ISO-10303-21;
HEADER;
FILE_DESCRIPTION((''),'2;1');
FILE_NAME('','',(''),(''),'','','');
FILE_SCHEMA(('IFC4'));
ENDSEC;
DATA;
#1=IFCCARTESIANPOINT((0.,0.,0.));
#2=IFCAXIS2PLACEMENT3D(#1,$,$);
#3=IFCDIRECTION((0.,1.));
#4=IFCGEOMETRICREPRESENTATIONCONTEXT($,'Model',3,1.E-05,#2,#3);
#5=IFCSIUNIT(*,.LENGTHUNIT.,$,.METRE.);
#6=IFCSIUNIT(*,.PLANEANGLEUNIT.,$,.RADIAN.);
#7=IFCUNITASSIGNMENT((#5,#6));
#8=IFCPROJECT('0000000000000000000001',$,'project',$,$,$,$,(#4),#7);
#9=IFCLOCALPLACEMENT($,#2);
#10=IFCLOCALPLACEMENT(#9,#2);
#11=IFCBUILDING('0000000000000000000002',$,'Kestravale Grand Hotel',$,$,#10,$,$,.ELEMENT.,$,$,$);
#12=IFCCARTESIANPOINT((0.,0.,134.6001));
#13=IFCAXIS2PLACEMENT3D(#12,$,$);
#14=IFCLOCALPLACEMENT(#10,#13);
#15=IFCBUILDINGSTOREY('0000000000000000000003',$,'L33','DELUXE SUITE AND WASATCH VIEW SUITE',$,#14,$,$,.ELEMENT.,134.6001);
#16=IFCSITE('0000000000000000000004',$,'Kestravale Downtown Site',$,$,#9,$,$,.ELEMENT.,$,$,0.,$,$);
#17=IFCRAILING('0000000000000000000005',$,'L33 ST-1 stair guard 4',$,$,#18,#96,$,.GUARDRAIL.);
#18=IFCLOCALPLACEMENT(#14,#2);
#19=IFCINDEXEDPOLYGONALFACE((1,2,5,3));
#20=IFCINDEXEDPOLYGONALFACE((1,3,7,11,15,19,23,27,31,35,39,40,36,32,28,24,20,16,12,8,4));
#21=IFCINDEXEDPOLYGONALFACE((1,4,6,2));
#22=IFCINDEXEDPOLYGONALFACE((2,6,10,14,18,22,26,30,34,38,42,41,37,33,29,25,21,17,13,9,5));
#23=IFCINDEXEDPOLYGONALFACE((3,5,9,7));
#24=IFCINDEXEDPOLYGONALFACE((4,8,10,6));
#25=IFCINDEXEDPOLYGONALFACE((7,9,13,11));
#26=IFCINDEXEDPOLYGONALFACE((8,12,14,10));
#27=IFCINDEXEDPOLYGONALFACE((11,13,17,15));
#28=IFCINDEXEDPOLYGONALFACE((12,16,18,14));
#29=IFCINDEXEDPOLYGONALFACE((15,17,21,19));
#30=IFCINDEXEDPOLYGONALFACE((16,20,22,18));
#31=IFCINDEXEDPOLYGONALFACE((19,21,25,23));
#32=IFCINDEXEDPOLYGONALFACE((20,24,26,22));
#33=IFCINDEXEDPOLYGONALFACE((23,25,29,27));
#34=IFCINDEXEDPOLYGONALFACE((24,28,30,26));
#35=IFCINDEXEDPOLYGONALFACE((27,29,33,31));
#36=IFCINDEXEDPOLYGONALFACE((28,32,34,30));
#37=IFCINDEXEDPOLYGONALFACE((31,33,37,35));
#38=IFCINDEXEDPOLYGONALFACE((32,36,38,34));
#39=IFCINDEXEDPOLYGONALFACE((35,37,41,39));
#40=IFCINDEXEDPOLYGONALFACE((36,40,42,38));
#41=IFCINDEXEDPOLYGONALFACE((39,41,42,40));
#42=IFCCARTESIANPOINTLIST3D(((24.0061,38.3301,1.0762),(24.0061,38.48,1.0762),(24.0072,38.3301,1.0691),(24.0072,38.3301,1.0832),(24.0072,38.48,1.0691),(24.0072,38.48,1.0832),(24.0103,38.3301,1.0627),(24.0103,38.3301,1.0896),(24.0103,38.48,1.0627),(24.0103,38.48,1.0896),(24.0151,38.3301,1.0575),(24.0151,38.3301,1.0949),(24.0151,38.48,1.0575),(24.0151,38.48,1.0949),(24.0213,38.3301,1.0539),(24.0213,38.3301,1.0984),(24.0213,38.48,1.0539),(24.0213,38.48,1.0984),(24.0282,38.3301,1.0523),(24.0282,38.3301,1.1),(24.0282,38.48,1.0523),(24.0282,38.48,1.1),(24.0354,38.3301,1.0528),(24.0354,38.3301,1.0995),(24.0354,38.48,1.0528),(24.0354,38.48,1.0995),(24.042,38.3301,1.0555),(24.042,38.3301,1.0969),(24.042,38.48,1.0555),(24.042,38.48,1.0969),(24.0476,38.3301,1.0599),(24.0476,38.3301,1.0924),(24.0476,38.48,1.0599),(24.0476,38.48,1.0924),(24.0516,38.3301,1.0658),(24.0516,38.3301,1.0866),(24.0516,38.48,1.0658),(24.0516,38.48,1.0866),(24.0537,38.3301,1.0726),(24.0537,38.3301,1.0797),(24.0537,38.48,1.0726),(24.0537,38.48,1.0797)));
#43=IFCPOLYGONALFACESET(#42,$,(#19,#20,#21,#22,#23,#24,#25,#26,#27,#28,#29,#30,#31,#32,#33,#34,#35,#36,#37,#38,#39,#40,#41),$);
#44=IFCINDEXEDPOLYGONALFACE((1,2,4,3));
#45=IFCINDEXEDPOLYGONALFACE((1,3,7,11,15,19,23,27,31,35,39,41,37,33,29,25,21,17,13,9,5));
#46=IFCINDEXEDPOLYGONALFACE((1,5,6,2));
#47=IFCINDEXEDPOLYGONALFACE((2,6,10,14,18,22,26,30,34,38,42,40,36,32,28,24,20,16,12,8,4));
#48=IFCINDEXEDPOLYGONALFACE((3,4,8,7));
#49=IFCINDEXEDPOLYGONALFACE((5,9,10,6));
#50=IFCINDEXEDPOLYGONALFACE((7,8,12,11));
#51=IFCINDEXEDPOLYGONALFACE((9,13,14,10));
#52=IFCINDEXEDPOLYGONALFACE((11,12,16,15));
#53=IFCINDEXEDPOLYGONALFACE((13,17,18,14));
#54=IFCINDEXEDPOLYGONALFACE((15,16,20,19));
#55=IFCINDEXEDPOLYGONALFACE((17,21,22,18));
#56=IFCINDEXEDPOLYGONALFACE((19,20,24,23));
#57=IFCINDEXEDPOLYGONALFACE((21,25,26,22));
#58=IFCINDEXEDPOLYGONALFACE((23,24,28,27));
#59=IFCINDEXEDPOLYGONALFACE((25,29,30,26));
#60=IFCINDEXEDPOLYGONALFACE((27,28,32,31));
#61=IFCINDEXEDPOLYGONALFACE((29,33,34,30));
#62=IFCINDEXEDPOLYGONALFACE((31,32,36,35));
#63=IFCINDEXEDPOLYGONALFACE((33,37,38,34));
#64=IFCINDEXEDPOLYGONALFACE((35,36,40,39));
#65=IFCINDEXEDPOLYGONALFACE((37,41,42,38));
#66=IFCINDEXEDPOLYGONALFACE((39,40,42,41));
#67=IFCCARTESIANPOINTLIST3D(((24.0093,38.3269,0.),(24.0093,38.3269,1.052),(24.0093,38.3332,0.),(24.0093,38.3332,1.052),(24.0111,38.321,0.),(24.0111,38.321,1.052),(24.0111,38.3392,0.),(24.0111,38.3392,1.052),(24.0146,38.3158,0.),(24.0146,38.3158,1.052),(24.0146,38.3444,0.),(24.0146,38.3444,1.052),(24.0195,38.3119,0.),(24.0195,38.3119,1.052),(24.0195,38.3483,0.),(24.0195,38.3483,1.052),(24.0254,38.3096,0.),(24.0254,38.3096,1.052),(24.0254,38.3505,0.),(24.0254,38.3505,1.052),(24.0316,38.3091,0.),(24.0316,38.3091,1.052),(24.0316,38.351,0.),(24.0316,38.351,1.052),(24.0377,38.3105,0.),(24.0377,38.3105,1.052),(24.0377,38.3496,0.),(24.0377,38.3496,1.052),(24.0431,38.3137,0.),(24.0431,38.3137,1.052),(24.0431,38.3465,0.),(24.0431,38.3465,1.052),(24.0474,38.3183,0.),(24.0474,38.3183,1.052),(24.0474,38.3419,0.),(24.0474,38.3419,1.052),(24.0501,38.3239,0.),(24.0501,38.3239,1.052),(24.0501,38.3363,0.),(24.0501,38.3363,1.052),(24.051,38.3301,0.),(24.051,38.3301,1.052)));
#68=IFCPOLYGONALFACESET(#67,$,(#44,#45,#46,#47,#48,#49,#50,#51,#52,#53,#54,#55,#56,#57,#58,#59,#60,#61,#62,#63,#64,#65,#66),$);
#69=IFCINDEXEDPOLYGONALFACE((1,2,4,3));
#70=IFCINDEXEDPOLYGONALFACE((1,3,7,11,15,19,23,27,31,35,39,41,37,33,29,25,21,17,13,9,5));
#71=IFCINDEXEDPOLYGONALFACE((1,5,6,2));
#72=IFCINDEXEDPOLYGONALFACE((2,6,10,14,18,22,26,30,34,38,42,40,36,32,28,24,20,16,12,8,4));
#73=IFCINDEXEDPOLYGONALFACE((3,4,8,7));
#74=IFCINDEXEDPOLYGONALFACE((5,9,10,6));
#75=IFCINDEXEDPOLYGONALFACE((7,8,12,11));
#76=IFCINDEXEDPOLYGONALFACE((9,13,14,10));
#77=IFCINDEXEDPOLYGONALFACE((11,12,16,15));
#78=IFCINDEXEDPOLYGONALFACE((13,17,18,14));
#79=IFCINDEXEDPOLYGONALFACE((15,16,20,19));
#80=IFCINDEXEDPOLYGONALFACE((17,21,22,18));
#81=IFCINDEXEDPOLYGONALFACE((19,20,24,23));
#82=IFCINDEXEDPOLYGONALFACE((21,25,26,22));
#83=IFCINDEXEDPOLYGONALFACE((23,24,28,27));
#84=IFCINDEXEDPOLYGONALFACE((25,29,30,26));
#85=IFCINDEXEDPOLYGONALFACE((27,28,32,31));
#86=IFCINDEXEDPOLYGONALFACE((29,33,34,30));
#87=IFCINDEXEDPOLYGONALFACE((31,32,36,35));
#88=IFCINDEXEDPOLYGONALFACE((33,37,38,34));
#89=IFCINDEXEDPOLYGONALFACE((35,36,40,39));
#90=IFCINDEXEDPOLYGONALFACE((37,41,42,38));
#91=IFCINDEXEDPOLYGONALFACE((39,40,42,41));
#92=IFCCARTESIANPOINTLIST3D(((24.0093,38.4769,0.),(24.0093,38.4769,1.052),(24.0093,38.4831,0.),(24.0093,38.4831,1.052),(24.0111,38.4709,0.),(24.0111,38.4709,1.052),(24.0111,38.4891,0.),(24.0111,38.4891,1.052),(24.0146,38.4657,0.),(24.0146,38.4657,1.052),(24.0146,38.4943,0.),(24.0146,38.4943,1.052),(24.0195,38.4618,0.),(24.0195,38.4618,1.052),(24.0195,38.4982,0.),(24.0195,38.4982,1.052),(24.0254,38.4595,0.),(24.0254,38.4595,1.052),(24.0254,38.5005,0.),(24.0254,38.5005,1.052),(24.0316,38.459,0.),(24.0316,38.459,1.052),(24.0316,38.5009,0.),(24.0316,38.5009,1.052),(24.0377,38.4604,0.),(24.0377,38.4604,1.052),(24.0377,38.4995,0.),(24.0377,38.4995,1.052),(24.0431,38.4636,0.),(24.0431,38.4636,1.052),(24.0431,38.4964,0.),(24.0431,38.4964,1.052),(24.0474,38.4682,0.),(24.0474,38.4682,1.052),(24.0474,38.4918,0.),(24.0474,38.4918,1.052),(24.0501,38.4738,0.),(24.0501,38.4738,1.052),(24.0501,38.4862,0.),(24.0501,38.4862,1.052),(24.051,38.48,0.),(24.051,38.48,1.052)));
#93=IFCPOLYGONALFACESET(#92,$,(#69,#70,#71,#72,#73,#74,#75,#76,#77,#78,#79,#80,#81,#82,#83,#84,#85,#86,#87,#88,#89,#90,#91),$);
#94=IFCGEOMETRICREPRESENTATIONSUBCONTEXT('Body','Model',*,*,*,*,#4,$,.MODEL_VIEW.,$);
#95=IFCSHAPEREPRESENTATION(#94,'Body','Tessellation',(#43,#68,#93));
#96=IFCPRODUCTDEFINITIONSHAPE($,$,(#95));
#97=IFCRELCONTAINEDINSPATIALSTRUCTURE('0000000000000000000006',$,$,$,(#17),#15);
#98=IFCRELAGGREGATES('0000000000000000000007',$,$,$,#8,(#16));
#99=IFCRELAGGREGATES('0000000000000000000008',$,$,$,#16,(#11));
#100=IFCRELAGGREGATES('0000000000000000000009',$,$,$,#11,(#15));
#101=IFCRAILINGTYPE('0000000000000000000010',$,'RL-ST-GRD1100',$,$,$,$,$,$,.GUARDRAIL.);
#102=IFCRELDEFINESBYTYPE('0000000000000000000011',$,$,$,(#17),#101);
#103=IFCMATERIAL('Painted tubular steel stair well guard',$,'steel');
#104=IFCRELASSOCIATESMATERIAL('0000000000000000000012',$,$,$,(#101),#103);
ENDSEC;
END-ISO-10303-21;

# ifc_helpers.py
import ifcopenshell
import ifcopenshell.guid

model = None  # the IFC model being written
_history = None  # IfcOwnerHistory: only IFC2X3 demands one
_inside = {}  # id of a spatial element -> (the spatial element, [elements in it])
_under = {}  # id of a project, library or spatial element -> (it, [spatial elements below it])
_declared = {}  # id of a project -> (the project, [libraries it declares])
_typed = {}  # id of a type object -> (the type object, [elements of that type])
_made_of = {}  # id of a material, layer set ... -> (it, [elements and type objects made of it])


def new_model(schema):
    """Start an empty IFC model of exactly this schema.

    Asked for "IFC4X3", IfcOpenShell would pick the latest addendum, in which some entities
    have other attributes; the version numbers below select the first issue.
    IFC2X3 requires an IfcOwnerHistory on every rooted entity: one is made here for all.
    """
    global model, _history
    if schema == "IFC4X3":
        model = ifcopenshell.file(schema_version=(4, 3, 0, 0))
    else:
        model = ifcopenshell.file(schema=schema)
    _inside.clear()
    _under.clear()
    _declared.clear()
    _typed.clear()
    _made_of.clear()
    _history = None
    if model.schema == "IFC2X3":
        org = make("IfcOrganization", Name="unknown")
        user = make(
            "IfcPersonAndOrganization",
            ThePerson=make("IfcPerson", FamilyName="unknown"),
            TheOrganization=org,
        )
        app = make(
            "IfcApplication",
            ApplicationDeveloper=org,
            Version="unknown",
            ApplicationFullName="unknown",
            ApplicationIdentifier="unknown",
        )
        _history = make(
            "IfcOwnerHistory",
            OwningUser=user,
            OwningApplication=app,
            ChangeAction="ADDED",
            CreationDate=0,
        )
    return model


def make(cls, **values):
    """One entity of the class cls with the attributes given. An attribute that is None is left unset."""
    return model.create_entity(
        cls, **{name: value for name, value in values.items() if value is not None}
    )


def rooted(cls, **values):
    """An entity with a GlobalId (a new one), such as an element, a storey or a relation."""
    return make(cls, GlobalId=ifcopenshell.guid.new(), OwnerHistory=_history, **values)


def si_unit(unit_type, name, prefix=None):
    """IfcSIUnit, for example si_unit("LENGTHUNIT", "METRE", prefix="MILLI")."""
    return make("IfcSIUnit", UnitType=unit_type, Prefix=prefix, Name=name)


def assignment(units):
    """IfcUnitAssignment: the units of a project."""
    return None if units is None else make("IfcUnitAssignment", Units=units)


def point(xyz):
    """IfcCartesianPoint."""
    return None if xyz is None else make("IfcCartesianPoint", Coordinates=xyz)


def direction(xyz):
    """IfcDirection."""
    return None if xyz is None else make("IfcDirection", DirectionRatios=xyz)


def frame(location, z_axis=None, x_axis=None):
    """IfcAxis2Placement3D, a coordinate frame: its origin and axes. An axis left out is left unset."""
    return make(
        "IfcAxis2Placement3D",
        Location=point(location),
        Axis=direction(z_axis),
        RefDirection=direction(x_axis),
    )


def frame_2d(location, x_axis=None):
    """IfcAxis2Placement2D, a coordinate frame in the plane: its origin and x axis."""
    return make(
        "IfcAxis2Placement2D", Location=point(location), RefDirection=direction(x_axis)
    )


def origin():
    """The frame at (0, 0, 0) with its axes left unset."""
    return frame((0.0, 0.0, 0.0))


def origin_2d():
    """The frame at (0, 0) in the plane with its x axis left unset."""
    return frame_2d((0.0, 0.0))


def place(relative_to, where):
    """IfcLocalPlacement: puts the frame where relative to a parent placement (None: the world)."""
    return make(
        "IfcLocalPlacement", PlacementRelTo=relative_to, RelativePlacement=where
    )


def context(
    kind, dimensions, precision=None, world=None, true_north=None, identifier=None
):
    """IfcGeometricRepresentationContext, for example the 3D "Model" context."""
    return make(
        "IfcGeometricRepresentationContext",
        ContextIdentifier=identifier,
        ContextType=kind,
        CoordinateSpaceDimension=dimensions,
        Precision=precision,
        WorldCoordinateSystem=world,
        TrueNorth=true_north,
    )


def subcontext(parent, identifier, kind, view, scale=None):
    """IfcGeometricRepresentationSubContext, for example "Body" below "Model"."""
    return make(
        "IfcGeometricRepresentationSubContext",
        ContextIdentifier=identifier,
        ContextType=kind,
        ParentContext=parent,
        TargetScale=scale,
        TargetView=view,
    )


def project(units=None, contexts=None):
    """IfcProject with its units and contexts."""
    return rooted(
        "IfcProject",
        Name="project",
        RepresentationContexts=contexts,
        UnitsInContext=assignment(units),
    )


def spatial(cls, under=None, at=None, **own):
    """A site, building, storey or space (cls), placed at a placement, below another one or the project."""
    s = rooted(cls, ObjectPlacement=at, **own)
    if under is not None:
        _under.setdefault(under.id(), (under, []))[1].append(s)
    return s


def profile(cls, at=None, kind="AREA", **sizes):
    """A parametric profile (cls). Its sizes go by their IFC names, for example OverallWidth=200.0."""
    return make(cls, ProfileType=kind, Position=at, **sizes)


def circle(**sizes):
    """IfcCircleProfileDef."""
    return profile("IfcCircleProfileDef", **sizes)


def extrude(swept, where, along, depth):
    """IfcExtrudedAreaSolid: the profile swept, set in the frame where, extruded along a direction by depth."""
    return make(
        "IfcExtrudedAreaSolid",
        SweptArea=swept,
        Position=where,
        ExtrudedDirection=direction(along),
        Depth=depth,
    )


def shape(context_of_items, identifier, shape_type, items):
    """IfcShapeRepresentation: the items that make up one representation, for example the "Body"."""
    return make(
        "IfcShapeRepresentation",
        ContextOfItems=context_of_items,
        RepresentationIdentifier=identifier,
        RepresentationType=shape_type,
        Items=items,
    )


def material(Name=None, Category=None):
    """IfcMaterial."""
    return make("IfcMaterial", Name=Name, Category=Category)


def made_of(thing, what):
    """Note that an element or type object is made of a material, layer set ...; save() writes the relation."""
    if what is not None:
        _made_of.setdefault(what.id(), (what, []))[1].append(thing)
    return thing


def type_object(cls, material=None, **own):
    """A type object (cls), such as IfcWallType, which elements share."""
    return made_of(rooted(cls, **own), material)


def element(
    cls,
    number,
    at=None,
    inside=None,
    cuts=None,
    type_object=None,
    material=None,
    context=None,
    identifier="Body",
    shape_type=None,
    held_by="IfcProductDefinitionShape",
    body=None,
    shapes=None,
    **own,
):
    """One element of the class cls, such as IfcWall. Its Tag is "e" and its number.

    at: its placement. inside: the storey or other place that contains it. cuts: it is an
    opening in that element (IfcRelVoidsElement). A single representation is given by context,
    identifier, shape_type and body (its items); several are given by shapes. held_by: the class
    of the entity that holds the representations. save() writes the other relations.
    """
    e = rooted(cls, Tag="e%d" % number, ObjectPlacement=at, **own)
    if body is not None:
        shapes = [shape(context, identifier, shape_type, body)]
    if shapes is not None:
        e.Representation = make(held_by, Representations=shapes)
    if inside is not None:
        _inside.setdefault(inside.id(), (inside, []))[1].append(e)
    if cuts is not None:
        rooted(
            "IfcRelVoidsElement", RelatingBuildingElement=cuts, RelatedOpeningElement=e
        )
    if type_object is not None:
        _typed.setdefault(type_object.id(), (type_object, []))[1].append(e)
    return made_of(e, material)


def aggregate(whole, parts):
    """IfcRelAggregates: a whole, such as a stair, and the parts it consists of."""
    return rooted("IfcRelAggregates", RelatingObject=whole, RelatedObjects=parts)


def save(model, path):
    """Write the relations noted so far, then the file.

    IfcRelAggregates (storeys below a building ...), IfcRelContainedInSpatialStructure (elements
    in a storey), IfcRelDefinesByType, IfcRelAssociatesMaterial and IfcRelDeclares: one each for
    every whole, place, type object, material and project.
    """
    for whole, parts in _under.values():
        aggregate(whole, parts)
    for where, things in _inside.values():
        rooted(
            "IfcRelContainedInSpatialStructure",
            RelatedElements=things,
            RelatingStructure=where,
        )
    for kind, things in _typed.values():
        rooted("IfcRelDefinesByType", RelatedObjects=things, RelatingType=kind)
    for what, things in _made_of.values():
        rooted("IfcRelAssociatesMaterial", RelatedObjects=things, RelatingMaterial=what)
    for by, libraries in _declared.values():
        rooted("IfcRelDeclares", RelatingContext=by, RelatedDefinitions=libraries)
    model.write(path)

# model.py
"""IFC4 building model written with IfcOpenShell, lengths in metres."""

from ifc_helpers import new_model, si_unit, direction, frame, origin, origin_2d, place, context, subcontext, project, spatial, circle, extrude, material, type_object, element, save


model = new_model("IFC4")

# Units and contexts
model_context = context("Model", 3, precision=1e-05, world=origin(), true_north=direction((0.0, 1.0)))
body_context = subcontext(model_context, "Body", "Model", "MODEL_VIEW")
ifc_project = project(units=[si_unit("LENGTHUNIT", "METRE"), si_unit("PLANEANGLEUNIT", "RADIAN")], contexts=[model_context])

# Site, building, storey
site_placement = place(None, origin())
site = spatial("IfcSite", under=ifc_project, at=site_placement, Name="Kestravale Downtown Site", CompositionType="ELEMENT", RefElevation=0.0)
building_placement = place(site_placement, origin())
building = spatial("IfcBuilding", under=site, at=building_placement, Name="Kestravale Grand Hotel", CompositionType="ELEMENT")
storey_placement = place(building_placement, frame((0.0, 0.0, 134.6001)))
storey = spatial("IfcBuildingStorey", under=building, at=storey_placement, Name="L33", Description="DELUXE SUITE AND WASATCH VIEW SUITE", CompositionType="ELEMENT", Elevation=134.6001)

# Railing
ifc_material_1 = material(Name="Painted tubular steel stair well guard", Category="steel")
railing_type_1 = type_object("IfcRailingType", Name="RL-ST-GRD1100", PredefinedType="GUARDRAIL", material=ifc_material_1)
railing_1_placement = place(storey_placement, frame((24.03, 38.3301, 0.0)))
element("IfcRailing", 1, at=railing_1_placement, inside=storey, type_object=railing_type_1, Name="L33 ST-1 stair guard 4", PredefinedType="GUARDRAIL", context=body_context, shape_type="SweptSolid", body=[
    extrude(circle(Radius=0.0239, at=origin_2d()), frame((0.0, 0.0, 1.0762), z_axis=(0.0, 1.0, 0.0), x_axis=(-1.0, 0.0, 0.0)), (0.0, 0.0, 1.0), 0.1499),
    extrude(circle(Radius=0.021, at=origin_2d()), origin(), (0.0, 0.0, 1.0), 1.052),
    extrude(circle(Radius=0.021, at=origin_2d()), frame((0.0, 0.1499, 0.0)), (0.0, 0.0, 1.0), 1.052),
])

save(model, "model.ifc")
